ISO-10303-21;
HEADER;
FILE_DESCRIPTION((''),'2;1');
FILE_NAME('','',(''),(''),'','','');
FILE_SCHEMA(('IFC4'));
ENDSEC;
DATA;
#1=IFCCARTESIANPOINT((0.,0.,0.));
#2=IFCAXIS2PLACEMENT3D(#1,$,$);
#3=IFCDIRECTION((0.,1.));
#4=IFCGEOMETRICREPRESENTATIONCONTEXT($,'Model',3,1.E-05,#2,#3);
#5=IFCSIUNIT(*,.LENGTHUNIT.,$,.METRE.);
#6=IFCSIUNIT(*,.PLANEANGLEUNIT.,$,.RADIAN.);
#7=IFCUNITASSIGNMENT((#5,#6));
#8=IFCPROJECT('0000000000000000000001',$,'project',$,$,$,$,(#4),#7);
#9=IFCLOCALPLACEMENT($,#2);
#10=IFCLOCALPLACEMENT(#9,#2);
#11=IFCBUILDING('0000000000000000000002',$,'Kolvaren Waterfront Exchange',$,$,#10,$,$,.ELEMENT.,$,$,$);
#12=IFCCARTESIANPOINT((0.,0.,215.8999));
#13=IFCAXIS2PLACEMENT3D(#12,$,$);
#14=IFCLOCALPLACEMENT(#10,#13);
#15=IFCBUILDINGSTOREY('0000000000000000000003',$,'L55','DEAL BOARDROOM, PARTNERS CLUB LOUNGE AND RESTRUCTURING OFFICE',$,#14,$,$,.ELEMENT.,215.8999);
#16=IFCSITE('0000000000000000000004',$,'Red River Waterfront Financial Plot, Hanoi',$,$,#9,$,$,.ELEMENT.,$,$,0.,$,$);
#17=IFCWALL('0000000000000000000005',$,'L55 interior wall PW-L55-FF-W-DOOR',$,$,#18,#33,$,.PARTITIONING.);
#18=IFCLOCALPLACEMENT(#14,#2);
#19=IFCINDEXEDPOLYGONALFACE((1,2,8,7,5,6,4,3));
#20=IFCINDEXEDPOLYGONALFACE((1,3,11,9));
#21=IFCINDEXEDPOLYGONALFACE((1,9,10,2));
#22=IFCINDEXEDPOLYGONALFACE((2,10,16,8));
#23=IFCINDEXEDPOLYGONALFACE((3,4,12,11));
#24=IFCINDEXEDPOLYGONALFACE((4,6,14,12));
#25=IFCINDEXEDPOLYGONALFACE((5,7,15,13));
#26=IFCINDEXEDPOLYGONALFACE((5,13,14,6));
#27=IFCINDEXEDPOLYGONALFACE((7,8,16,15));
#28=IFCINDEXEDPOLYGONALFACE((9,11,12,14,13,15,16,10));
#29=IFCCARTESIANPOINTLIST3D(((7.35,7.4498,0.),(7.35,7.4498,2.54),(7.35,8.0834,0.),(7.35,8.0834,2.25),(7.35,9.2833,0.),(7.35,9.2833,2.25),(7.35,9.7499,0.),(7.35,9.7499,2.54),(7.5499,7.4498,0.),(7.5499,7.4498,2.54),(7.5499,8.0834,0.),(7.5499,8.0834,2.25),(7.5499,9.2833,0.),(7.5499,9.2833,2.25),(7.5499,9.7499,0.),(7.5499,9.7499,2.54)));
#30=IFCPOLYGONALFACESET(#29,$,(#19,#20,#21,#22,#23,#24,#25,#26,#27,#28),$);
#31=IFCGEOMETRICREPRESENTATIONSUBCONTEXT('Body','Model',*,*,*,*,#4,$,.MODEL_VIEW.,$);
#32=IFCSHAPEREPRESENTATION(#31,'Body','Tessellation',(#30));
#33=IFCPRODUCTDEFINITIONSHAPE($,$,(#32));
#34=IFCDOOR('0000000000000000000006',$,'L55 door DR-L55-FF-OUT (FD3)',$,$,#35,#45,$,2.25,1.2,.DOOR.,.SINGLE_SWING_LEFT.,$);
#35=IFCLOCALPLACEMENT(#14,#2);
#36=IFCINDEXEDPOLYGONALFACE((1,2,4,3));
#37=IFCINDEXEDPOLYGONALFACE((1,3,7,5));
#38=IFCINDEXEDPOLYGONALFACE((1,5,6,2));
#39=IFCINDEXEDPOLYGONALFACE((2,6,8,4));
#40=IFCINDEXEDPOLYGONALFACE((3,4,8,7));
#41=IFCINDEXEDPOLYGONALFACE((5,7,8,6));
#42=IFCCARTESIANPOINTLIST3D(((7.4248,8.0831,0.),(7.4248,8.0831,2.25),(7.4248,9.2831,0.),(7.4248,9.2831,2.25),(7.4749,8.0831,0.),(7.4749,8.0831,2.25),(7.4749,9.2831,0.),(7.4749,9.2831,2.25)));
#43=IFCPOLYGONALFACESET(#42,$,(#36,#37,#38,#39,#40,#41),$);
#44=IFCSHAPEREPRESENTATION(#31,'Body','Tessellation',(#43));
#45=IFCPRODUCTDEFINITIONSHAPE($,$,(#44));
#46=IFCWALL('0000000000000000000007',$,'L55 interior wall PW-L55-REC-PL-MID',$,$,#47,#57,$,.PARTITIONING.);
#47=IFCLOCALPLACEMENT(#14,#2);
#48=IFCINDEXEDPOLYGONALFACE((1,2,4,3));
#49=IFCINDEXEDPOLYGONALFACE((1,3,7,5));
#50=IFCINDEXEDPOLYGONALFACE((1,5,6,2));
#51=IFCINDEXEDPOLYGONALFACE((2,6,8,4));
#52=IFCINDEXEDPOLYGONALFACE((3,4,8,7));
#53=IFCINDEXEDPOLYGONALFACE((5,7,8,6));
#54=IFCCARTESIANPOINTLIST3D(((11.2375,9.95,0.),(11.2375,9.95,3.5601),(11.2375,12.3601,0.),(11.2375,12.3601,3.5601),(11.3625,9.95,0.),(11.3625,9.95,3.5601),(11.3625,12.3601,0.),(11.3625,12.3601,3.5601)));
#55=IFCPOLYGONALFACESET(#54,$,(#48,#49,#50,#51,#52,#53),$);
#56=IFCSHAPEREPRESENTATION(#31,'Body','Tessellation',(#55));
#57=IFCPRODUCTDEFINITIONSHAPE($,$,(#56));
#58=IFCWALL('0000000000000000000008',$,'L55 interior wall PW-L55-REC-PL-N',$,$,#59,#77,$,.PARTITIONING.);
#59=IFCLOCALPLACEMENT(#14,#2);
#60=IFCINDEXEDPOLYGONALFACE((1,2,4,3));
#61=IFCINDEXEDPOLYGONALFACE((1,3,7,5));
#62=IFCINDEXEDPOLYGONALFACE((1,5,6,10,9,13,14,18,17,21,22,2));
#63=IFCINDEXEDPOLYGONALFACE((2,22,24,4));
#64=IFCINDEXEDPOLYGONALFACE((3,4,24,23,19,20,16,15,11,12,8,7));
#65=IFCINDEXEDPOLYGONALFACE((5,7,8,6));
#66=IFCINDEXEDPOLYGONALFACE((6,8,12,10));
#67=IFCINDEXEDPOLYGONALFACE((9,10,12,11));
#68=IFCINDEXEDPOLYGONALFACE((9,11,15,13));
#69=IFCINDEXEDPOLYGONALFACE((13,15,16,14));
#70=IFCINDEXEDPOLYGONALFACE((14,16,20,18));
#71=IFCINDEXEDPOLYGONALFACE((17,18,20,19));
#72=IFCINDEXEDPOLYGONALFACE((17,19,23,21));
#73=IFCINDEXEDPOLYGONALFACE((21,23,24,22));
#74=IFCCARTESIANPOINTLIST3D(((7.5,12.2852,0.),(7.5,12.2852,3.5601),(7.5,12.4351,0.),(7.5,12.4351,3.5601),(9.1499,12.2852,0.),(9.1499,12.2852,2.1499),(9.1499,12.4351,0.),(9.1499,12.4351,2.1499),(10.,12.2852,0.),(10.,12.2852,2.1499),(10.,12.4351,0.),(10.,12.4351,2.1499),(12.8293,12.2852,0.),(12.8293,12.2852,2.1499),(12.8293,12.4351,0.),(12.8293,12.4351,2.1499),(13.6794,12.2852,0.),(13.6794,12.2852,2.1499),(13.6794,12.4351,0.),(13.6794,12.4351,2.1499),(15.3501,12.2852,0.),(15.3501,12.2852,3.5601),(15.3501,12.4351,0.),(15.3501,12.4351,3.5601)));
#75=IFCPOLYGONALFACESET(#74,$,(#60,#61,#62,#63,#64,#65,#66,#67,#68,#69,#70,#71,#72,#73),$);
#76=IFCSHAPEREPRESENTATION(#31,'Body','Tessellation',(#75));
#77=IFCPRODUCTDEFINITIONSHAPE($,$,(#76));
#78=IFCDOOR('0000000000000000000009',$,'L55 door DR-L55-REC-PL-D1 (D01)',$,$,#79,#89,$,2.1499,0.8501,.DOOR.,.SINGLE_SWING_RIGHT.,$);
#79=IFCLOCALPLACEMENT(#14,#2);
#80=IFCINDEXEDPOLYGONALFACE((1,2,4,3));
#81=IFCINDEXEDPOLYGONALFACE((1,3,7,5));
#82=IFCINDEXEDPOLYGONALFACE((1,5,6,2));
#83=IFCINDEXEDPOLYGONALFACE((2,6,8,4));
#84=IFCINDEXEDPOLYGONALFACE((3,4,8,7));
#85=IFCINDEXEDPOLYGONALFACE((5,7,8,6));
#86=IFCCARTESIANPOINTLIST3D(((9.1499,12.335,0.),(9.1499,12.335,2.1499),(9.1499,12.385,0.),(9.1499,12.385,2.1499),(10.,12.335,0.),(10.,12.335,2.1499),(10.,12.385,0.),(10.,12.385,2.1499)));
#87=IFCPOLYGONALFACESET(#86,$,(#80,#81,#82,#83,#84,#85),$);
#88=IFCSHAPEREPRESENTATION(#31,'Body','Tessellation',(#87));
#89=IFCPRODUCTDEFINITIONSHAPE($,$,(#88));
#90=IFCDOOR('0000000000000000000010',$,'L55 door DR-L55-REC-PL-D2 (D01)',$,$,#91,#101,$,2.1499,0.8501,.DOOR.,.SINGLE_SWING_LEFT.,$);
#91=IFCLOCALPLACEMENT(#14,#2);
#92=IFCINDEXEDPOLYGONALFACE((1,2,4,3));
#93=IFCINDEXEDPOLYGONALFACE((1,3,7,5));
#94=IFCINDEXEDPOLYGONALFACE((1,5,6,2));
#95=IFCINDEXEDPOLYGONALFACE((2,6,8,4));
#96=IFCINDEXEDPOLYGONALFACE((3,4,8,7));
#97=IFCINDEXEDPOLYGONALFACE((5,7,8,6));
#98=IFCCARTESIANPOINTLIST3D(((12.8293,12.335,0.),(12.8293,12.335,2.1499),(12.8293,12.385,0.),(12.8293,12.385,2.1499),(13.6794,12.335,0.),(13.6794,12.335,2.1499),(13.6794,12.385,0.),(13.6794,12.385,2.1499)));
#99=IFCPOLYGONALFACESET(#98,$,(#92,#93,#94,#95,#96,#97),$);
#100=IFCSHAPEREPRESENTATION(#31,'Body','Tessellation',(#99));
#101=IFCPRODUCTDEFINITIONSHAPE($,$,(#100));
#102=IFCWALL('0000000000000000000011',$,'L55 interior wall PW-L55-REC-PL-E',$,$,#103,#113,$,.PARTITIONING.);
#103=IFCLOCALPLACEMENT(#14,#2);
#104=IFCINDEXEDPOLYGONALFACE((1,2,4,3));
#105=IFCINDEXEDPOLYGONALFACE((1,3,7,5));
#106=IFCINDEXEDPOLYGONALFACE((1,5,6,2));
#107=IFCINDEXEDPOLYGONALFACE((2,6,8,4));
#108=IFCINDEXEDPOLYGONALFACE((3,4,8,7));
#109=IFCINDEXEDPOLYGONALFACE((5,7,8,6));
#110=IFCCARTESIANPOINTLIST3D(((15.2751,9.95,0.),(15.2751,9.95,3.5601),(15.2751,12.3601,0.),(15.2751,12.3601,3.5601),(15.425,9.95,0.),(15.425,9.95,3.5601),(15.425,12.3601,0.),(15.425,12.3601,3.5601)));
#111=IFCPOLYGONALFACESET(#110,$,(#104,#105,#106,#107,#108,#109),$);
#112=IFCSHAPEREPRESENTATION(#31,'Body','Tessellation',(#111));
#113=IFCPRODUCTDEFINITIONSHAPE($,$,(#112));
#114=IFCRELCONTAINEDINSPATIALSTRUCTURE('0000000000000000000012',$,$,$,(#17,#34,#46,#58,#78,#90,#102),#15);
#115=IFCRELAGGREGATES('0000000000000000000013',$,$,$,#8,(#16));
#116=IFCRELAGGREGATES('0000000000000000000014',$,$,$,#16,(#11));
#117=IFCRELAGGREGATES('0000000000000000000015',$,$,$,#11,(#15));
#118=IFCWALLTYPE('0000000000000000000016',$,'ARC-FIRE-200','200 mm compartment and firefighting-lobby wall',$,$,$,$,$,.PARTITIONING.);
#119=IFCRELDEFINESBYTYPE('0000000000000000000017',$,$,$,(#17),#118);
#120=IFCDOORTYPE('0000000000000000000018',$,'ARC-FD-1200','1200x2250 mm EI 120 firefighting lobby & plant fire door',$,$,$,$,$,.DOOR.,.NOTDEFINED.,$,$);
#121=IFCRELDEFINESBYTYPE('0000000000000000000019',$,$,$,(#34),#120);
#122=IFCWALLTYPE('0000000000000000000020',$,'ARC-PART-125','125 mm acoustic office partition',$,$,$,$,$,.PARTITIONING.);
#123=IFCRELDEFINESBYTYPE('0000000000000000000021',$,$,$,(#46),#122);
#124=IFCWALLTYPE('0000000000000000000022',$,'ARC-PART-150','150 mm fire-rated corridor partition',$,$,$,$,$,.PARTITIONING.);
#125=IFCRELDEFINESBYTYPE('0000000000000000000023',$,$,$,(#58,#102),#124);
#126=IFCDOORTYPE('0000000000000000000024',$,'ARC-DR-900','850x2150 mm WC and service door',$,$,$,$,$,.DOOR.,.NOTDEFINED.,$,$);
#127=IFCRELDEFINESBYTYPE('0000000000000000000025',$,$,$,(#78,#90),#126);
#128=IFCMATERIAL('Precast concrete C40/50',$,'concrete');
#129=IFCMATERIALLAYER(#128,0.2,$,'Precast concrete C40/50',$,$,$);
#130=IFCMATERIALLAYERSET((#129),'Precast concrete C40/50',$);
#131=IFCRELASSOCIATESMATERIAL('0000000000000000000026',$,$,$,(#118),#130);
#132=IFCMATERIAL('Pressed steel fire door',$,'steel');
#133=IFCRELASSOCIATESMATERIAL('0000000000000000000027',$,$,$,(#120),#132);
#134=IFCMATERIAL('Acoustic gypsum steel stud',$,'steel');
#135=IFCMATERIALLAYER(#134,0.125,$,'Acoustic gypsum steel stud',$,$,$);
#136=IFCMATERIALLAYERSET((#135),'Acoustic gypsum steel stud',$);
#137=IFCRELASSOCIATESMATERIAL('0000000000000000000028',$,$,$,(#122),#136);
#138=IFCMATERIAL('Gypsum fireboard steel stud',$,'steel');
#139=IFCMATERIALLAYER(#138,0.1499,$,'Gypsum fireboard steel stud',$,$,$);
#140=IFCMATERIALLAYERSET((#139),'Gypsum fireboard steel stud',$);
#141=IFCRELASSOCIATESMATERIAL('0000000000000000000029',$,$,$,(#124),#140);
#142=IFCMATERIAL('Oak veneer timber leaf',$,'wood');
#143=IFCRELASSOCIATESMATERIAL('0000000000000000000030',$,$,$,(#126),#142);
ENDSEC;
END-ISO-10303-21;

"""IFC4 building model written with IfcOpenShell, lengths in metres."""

from ifc_helpers import new_model, si_unit, direction, frame, frame_2d, origin, place, context, subcontext, project, spatial, rectangle, extrude, material, layer, layer_set, type_object, element, fill, save


model = new_model("IFC4")

# Units and contexts
model_context = context("Model", 3, precision=1e-05, world=origin(), true_north=direction((0.0, 1.0)))
body_context = subcontext(model_context, "Body", "Model", "MODEL_VIEW")
ifc_project = project(units=[si_unit("LENGTHUNIT", "METRE"), si_unit("PLANEANGLEUNIT", "RADIAN")], contexts=[model_context])

# Site, building, storey
site_placement = place(None, origin())
site = spatial("IfcSite", under=ifc_project, at=site_placement, Name="Red River Waterfront Financial Plot, Hanoi", CompositionType="ELEMENT", RefElevation=0.0)
building_placement = place(site_placement, origin())
building = spatial("IfcBuilding", under=site, at=building_placement, Name="Kolvaren Waterfront Exchange", CompositionType="ELEMENT")
storey_placement = place(building_placement, frame((0.0, 0.0, 215.8999)))
storey = spatial("IfcBuildingStorey", under=building, at=storey_placement, Name="L55", Description="DEAL BOARDROOM, PARTNERS CLUB LOUNGE AND RESTRUCTURING OFFICE", CompositionType="ELEMENT", Elevation=215.8999)

# Shared definitions
ifc_material_1 = material(Name="Precast concrete C40/50", Category="concrete")
ifc_layer_1 = layer(ifc_material_1, 0.2, Name="Precast concrete C40/50")
ifc_layer_set_1 = layer_set([ifc_layer_1], Name="Precast concrete C40/50")
wall_type_1 = type_object("IfcWallType", Name="ARC-FIRE-200", Description="200 mm compartment and firefighting-lobby wall", PredefinedType="PARTITIONING", material=ifc_layer_set_1)

# Wall, opening, door
wall_1_placement = place(storey_placement, frame((7.45, 7.45, 0.0), z_axis=(0.0, 0.0, 1.0), x_axis=(0.0, 1.0, 0.0)))
wall_1 = element("IfcWall", 1, at=wall_1_placement, inside=storey, type_object=wall_type_1, Name="L55 interior wall PW-L55-FF-W-DOOR", PredefinedType="PARTITIONING", context=body_context, shape_type="SweptSolid", body=[
    extrude(rectangle(XDim=2.3, YDim=0.2, at=frame_2d((1.1499, 0.0))), origin(), (0.0, 0.0, 1.0), 2.54),
])
opening_1_placement = place(wall_1_placement, frame((0.6333, 0.0, 0.0)))
opening_1 = element("IfcOpeningElement", 2, at=opening_1_placement, cuts=wall_1, PredefinedType="OPENING", context=body_context, shape_type="SweptSolid", body=[
    extrude(rectangle(XDim=1.2, YDim=2.25, at=frame_2d((0.6001, 1.125))), frame((0.0, 0.1099, 0.0), z_axis=(0.0, -1.0, 0.0), x_axis=(1.0, 0.0, 0.0)), (0.0, 0.0, 1.0), 0.22),
])
ifc_material_2 = material(Name="Pressed steel fire door", Category="steel")
door_type_1 = type_object("IfcDoorType", Name="ARC-FD-1200", Description="1200x2250 mm EI 120 firefighting lobby & plant fire door", OperationType="NOTDEFINED", PredefinedType="DOOR", material=ifc_material_2)
door_1_placement = place(opening_1_placement, frame((1.2, 0.0, 0.0), z_axis=(0.0, 0.0, 1.0), x_axis=(-1.0, 0.0, 0.0)))
door_1 = element("IfcDoor", 3, at=door_1_placement, inside=storey, type_object=door_type_1, Name="L55 door DR-L55-FF-OUT (FD3)", OperationType="SINGLE_SWING_LEFT", OverallHeight=2.25, OverallWidth=1.2, PredefinedType="DOOR", context=body_context, shape_type="SweptSolid", body=[
    extrude(rectangle(XDim=1.2, YDim=2.25, at=frame_2d((0.6001, 1.125))), frame((0.0, 0.0249, 0.0), z_axis=(0.0, -1.0, 0.0), x_axis=(1.0, 0.0, 0.0)), (0.0, 0.0, 1.0), 0.05),
])
fill(opening_1, door_1)

# Wall
ifc_material_3 = material(Name="Acoustic gypsum steel stud", Category="steel")
ifc_layer_2 = layer(ifc_material_3, 0.125, Name="Acoustic gypsum steel stud")
ifc_layer_set_2 = layer_set([ifc_layer_2], Name="Acoustic gypsum steel stud")
wall_type_2 = type_object("IfcWallType", Name="ARC-PART-125", Description="125 mm acoustic office partition", PredefinedType="PARTITIONING", material=ifc_layer_set_2)
wall_2_placement = place(storey_placement, frame((11.3, 9.95, 0.0), z_axis=(0.0, 0.0, 1.0), x_axis=(0.0, 1.0, 0.0)))
element("IfcWall", 4, at=wall_2_placement, inside=storey, type_object=wall_type_2, Name="L55 interior wall PW-L55-REC-PL-MID", PredefinedType="PARTITIONING", context=body_context, shape_type="SweptSolid", body=[
    extrude(rectangle(XDim=2.4102, YDim=0.125, at=frame_2d((1.2051, 0.0))), origin(), (0.0, 0.0, 1.0), 3.5601),
])

# Wall, openings, doors
ifc_material_4 = material(Name="Gypsum fireboard steel stud", Category="steel")
ifc_layer_3 = layer(ifc_material_4, 0.1499, Name="Gypsum fireboard steel stud")
ifc_layer_set_3 = layer_set([ifc_layer_3], Name="Gypsum fireboard steel stud")
wall_type_3 = type_object("IfcWallType", Name="ARC-PART-150", Description="150 mm fire-rated corridor partition", PredefinedType="PARTITIONING", material=ifc_layer_set_3)
wall_3_placement = place(storey_placement, frame((7.5, 12.3601, 0.0), z_axis=(0.0, 0.0, 1.0), x_axis=(1.0, 0.0, 0.0)))
wall_3 = element("IfcWall", 5, at=wall_3_placement, inside=storey, type_object=wall_type_3, Name="L55 interior wall PW-L55-REC-PL-N", PredefinedType="PARTITIONING", context=body_context, shape_type="SweptSolid", body=[
    extrude(rectangle(XDim=7.8501, YDim=0.1499, at=frame_2d((3.925, 0.0))), origin(), (0.0, 0.0, 1.0), 3.5601),
])
opening_2_placement = place(wall_3_placement, frame((1.6499, 0.0, 0.0)))
opening_2 = element("IfcOpeningElement", 6, at=opening_2_placement, cuts=wall_3, PredefinedType="OPENING", context=body_context, shape_type="SweptSolid", body=[
    extrude(rectangle(XDim=0.8501, YDim=2.1499, at=frame_2d((0.425, 1.075))), frame((0.0, 0.085, 0.0), z_axis=(0.0, -1.0, 0.0), x_axis=(1.0, 0.0, 0.0)), (0.0, 0.0, 1.0), 0.1699),
])
opening_3_placement = place(wall_3_placement, frame((5.3293, 0.0, 0.0)))
opening_3 = element("IfcOpeningElement", 7, at=opening_3_placement, cuts=wall_3, PredefinedType="OPENING", context=body_context, shape_type="SweptSolid", body=[
    extrude(rectangle(XDim=0.8501, YDim=2.1499, at=frame_2d((0.425, 1.075))), frame((0.0, 0.085, 0.0), z_axis=(0.0, -1.0, 0.0), x_axis=(1.0, 0.0, 0.0)), (0.0, 0.0, 1.0), 0.1699),
])
ifc_material_5 = material(Name="Oak veneer timber leaf", Category="wood")
door_type_2 = type_object("IfcDoorType", Name="ARC-DR-900", Description="850x2150 mm WC and service door", OperationType="NOTDEFINED", PredefinedType="DOOR", material=ifc_material_5)
door_2_placement = place(opening_2_placement, origin())
door_2 = element("IfcDoor", 8, at=door_2_placement, inside=storey, type_object=door_type_2, Name="L55 door DR-L55-REC-PL-D1 (D01)", OperationType="SINGLE_SWING_RIGHT", OverallHeight=2.1499, OverallWidth=0.8501, PredefinedType="DOOR", context=body_context, shape_type="SweptSolid", body=[
    extrude(rectangle(XDim=0.8501, YDim=2.1499, at=frame_2d((0.425, 1.075))), frame((0.0, 0.0249, 0.0), z_axis=(0.0, -1.0, 0.0), x_axis=(1.0, 0.0, 0.0)), (0.0, 0.0, 1.0), 0.05),
])
fill(opening_2, door_2)
door_3_placement = place(opening_3_placement, origin())
door_3 = element("IfcDoor", 9, at=door_3_placement, inside=storey, type_object=door_type_2, Name="L55 door DR-L55-REC-PL-D2 (D01)", OperationType="SINGLE_SWING_LEFT", OverallHeight=2.1499, OverallWidth=0.8501, PredefinedType="DOOR", context=body_context, shape_type="SweptSolid", body=[
    extrude(rectangle(XDim=0.8501, YDim=2.1499, at=frame_2d((0.425, 1.075))), frame((0.0, 0.0249, 0.0), z_axis=(0.0, -1.0, 0.0), x_axis=(1.0, 0.0, 0.0)), (0.0, 0.0, 1.0), 0.05),
])
fill(opening_3, door_3)

# Wall
wall_4_placement = place(storey_placement, frame((15.3501, 9.95, 0.0), z_axis=(0.0, 0.0, 1.0), x_axis=(0.0, 1.0, 0.0)))
element("IfcWall", 10, at=wall_4_placement, inside=storey, type_object=wall_type_3, Name="L55 interior wall PW-L55-REC-PL-E", PredefinedType="PARTITIONING", context=body_context, shape_type="SweptSolid", body=[
    extrude(rectangle(XDim=2.4102, YDim=0.1499, at=frame_2d((1.2051, 0.0))), origin(), (0.0, 0.0, 1.0), 3.5601),
])

save(model, "model.ifc")
